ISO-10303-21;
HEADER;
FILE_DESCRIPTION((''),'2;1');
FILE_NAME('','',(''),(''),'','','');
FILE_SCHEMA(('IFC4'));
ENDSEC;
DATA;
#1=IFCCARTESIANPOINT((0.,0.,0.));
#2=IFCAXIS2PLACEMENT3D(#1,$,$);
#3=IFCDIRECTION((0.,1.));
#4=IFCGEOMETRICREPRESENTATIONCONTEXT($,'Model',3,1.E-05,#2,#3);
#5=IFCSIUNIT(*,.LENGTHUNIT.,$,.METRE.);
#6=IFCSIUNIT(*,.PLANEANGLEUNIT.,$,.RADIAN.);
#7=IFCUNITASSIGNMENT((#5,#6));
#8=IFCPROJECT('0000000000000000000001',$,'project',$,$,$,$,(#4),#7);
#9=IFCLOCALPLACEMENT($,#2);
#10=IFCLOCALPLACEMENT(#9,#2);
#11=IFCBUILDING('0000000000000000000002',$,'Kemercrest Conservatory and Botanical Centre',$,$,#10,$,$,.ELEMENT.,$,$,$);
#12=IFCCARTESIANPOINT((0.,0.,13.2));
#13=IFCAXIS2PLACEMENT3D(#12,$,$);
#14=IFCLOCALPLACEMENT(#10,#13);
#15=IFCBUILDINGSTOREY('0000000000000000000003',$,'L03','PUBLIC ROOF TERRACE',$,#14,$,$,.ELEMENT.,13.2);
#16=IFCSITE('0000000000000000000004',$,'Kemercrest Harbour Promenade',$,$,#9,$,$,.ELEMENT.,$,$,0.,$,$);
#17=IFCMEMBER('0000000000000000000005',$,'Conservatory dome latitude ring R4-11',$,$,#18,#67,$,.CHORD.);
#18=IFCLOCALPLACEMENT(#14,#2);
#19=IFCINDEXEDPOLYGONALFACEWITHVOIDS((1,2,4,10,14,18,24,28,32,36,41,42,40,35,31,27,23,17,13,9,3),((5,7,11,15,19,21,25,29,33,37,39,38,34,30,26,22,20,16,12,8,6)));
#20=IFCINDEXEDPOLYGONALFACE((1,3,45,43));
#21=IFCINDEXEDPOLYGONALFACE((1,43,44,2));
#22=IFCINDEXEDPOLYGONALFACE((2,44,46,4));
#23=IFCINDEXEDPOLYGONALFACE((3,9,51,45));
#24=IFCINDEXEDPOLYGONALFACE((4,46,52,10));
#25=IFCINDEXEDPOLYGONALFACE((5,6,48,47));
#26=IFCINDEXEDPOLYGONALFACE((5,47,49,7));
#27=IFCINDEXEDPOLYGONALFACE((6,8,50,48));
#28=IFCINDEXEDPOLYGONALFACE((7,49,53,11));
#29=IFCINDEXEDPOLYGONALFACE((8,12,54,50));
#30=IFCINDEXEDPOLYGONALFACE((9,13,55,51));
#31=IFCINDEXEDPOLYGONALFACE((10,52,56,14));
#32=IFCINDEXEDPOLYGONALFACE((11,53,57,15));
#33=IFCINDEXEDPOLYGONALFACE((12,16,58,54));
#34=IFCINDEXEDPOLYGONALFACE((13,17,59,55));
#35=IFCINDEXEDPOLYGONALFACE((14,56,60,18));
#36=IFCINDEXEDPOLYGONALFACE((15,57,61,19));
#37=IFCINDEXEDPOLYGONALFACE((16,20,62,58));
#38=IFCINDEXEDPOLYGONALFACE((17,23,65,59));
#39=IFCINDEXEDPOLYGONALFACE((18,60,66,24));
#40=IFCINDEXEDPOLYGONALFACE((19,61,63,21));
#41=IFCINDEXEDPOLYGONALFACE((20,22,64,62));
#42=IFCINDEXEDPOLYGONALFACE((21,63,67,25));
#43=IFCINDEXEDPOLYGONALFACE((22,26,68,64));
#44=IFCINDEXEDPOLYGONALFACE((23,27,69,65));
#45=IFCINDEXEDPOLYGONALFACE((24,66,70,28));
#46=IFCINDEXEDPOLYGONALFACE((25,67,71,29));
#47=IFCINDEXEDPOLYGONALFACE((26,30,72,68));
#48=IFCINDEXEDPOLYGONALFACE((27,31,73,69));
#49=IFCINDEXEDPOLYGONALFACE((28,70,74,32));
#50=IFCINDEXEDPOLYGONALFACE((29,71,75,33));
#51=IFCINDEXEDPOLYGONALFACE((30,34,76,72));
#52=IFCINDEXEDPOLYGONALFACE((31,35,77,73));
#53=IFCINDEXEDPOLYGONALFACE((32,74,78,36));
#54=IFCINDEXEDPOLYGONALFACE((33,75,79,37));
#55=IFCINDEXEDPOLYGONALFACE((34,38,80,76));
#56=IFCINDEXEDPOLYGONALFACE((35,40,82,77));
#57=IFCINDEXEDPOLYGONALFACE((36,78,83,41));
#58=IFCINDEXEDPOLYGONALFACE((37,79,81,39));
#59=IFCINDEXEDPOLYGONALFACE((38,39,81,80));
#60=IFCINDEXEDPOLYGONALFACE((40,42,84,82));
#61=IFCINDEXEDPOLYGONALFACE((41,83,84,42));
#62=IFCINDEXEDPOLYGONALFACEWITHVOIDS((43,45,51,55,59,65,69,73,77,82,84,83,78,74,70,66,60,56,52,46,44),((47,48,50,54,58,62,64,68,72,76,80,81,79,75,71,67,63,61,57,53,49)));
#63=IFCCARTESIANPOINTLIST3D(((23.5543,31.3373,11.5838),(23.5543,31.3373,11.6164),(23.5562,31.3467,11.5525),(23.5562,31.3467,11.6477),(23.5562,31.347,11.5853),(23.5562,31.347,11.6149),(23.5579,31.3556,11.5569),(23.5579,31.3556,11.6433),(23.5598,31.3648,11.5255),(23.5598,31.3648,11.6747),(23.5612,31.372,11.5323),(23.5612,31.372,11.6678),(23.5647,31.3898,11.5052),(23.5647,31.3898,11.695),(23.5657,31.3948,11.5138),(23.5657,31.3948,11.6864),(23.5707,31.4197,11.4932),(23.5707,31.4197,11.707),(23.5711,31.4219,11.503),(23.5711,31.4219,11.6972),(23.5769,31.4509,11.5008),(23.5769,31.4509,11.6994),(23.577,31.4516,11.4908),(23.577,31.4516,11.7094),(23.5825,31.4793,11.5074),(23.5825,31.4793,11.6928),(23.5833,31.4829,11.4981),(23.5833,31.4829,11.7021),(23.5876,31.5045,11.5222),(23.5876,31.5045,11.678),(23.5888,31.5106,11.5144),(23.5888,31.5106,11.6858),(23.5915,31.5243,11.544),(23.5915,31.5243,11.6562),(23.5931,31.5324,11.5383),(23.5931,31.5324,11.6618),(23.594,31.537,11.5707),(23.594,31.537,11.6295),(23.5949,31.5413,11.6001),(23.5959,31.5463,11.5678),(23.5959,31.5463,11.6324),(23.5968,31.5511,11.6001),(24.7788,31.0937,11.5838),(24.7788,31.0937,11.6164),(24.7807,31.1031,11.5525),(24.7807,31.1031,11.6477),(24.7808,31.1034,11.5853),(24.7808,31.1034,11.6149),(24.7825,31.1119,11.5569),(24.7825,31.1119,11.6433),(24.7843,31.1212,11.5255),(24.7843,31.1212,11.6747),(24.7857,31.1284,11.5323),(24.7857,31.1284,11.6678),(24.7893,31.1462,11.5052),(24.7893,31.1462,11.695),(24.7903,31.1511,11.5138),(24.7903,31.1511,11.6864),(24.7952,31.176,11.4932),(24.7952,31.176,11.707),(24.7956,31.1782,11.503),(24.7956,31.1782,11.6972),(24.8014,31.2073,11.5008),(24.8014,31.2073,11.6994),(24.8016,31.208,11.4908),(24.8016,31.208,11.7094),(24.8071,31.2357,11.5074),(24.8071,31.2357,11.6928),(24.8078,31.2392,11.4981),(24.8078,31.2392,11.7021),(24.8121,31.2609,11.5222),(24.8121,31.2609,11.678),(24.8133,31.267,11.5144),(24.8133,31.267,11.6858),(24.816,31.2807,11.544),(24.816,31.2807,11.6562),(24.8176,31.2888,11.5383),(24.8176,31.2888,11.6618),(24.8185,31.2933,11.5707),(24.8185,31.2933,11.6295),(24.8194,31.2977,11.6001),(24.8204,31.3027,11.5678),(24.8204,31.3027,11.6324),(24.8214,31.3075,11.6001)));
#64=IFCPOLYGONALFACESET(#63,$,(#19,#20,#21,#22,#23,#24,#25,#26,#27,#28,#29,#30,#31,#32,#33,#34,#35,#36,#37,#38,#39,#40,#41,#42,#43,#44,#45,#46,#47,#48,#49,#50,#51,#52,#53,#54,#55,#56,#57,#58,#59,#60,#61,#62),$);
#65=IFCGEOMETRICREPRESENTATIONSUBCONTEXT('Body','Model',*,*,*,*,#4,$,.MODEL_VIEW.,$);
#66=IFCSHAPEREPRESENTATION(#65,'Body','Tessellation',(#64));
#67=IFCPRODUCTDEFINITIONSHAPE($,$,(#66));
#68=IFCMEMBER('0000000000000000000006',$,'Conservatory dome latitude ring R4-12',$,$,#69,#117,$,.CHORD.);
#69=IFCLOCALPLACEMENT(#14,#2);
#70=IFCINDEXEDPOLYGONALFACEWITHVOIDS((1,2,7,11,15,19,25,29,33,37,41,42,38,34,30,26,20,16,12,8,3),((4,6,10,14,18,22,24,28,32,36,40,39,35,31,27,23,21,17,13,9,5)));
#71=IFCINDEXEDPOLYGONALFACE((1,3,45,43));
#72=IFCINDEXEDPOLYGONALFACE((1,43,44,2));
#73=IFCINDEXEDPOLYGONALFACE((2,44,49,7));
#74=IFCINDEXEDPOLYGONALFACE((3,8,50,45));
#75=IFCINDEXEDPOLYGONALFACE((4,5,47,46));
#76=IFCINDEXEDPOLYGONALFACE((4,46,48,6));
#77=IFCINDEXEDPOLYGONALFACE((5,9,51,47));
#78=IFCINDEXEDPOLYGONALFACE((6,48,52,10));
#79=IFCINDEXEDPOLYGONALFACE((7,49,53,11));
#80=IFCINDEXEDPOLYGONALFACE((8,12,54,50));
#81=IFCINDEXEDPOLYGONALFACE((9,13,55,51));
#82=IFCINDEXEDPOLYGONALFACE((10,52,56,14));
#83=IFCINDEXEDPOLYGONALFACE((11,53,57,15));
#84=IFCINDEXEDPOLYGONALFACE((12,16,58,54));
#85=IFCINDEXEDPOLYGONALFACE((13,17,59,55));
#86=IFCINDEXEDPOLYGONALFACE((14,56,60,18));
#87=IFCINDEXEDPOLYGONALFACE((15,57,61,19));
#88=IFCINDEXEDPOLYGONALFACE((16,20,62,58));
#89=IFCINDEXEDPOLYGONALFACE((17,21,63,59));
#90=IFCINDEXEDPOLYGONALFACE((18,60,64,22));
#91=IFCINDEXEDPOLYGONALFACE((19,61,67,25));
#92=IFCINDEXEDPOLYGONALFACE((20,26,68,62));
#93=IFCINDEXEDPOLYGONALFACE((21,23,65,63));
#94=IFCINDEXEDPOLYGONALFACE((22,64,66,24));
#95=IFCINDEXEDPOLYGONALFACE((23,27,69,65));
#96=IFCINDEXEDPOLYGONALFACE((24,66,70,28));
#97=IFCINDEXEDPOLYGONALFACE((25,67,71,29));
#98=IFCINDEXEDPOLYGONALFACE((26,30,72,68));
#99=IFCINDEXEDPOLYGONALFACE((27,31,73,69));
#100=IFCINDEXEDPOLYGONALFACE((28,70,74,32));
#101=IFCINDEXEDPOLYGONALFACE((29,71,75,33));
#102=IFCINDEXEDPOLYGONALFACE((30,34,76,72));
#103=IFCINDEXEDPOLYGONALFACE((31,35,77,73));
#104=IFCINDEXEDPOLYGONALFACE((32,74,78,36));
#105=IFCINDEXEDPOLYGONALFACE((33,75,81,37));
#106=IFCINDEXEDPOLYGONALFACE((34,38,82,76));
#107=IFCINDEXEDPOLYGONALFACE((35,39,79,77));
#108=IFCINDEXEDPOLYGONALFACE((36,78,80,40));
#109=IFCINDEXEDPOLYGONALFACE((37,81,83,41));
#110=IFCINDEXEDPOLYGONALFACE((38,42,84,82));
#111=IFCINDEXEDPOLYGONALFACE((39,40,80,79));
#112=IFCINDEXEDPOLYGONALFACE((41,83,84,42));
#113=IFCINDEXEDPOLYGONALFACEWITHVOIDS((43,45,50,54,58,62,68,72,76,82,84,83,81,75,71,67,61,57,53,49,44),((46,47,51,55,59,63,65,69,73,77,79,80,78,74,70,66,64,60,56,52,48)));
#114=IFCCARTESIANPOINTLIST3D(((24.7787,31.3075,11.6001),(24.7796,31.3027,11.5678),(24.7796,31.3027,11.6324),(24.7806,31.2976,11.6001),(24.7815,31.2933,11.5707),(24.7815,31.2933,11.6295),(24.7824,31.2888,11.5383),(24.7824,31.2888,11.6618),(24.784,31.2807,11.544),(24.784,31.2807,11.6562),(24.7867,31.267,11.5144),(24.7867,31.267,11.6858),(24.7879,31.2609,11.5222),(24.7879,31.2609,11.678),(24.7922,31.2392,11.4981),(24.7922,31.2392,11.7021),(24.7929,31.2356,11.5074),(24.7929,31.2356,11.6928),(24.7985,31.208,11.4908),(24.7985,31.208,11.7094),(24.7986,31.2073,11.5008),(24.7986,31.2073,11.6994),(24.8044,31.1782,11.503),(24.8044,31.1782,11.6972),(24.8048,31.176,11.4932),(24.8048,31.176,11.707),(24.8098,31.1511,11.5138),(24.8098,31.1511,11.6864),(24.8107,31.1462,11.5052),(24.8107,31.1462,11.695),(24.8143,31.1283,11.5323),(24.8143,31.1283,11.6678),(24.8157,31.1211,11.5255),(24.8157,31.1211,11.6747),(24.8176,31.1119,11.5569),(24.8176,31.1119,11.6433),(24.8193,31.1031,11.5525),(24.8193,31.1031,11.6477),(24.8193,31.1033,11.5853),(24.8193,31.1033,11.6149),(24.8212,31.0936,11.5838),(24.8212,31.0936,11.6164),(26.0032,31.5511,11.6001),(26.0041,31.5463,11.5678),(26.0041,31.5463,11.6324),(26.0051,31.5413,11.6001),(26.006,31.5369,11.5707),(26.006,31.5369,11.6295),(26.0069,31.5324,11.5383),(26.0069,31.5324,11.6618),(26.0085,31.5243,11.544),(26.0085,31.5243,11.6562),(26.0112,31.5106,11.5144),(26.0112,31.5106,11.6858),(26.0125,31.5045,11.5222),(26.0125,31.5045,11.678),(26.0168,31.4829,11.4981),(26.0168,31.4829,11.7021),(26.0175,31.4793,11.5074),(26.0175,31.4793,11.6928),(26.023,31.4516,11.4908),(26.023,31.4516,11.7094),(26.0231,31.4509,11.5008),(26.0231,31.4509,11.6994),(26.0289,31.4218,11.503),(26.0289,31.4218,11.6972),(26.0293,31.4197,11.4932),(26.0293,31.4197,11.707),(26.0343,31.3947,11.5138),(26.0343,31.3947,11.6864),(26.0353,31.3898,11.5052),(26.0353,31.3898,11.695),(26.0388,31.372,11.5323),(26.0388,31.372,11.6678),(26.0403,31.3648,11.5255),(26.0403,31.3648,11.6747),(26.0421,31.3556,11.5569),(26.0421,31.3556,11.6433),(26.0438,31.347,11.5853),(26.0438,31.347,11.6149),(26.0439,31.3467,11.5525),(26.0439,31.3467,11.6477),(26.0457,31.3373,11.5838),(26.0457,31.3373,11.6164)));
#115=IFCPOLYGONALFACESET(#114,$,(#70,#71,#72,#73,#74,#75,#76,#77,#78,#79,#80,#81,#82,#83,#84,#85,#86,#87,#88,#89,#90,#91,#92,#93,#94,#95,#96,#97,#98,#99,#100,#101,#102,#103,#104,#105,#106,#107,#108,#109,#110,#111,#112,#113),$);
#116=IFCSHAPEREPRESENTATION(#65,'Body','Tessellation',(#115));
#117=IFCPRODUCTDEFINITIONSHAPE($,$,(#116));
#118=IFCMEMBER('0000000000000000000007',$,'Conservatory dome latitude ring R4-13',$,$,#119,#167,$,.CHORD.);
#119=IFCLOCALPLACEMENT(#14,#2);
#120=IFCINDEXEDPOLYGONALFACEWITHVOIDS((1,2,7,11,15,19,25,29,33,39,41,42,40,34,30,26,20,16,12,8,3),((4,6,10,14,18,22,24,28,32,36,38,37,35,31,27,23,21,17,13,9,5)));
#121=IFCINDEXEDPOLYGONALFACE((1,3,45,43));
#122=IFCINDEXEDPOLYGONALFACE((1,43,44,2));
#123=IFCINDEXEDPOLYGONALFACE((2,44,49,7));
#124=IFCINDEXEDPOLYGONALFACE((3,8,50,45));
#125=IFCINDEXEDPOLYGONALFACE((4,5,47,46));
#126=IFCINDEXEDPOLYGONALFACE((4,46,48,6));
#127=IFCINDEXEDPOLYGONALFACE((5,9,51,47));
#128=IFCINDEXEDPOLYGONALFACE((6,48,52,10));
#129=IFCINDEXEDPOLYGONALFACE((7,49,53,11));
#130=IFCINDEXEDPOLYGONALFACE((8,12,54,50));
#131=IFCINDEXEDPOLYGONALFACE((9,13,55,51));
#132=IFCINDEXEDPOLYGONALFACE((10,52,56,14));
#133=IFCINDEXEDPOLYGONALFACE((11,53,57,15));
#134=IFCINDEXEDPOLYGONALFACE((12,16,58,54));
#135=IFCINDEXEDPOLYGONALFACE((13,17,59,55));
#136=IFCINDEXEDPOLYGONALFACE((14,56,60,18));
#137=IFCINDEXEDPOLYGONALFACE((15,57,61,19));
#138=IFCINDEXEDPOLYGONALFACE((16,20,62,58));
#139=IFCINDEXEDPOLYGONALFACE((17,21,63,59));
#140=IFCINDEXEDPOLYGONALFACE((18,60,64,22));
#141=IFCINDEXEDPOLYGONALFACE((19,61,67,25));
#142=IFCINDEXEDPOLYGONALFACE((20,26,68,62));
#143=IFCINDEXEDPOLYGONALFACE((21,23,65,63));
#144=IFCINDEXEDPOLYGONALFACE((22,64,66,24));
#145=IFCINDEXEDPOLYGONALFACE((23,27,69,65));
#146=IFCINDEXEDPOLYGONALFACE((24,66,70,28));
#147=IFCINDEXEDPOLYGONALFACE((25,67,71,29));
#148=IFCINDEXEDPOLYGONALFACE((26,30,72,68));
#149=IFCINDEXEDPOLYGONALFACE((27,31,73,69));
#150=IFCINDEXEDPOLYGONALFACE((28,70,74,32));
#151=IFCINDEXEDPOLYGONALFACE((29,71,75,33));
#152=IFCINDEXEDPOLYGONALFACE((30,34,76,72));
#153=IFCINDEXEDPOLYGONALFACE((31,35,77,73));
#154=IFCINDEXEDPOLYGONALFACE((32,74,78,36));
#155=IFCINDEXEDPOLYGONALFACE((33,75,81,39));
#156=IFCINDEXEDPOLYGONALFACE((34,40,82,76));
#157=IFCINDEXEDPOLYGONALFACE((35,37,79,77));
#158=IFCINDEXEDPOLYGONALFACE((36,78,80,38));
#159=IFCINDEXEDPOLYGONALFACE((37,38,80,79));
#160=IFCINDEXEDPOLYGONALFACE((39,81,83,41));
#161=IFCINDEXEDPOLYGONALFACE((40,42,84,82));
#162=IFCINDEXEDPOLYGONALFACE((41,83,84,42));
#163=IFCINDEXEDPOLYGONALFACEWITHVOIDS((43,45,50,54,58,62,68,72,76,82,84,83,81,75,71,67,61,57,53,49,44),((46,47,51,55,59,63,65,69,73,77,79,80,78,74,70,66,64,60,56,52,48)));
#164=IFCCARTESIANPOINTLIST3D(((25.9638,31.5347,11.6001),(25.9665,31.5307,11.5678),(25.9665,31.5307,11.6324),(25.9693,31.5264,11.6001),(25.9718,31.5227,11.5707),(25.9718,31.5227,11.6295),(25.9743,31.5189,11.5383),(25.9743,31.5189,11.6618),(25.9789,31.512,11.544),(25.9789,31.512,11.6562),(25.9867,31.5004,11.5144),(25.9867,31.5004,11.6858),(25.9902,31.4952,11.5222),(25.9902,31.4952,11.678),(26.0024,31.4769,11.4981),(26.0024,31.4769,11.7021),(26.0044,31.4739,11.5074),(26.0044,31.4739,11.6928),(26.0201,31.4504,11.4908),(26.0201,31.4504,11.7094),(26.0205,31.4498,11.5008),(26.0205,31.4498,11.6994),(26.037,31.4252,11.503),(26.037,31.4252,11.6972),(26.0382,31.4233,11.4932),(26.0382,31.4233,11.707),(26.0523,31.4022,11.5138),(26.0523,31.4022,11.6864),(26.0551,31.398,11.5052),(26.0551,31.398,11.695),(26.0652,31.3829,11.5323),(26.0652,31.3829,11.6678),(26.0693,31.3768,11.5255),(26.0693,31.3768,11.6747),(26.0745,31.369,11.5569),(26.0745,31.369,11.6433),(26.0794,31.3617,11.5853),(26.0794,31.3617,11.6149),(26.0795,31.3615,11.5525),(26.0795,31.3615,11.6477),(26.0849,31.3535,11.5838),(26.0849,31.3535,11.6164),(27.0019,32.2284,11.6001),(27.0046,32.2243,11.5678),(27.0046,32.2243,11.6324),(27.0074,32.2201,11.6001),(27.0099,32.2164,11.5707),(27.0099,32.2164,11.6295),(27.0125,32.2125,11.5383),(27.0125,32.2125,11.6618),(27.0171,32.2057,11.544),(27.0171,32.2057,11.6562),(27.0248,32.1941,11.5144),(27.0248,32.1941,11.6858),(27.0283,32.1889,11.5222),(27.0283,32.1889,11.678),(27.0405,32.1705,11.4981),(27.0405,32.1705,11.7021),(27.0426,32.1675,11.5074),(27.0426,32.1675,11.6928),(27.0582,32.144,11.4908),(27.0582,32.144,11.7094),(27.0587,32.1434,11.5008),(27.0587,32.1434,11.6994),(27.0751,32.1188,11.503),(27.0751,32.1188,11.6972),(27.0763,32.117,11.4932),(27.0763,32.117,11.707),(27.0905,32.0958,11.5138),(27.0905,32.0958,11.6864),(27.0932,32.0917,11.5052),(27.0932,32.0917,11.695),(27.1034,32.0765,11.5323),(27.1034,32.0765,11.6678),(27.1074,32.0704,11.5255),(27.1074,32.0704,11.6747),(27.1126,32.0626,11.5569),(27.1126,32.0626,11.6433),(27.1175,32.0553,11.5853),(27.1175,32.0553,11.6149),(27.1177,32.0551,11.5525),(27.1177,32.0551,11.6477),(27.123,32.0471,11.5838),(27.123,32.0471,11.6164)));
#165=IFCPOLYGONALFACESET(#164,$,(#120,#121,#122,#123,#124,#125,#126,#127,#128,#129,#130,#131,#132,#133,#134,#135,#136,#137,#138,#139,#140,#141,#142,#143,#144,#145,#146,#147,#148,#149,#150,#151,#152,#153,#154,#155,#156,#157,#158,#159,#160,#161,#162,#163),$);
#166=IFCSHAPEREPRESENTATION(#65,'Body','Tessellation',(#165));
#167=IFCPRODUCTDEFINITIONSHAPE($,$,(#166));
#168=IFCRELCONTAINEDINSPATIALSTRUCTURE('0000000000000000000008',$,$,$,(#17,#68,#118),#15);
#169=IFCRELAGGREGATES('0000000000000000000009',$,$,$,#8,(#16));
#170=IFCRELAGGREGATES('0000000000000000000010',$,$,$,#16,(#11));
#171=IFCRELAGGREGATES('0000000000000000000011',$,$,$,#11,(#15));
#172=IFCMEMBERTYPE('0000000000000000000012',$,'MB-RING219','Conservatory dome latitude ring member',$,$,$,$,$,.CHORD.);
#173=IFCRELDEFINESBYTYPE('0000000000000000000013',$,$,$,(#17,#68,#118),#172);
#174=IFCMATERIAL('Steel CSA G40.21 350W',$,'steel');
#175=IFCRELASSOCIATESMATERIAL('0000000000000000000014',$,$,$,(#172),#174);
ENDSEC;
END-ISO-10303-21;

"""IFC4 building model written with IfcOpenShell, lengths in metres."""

from ifc_helpers import new_model, si_unit, direction, frame, origin, origin_2d, place, context, subcontext, project, spatial, hollow_circle, extrude, material, material_profile, profile_set, type_object, element, save


model = new_model("IFC4")

# Units and contexts
model_context = context("Model", 3, precision=1e-05, world=origin(), true_north=direction((0.0, 1.0)))
body_context = subcontext(model_context, "Body", "Model", "MODEL_VIEW")
ifc_project = project(units=[si_unit("LENGTHUNIT", "METRE"), si_unit("PLANEANGLEUNIT", "RADIAN")], contexts=[model_context])

# Site, building, storey
site_placement = place(None, origin())
site = spatial("IfcSite", under=ifc_project, at=site_placement, Name="Kemercrest Harbour Promenade", CompositionType="ELEMENT", RefElevation=0.0)
building_placement = place(site_placement, origin())
building = spatial("IfcBuilding", under=site, at=building_placement, Name="Kemercrest Conservatory and Botanical Centre", CompositionType="ELEMENT")
storey_placement = place(building_placement, frame((0.0, 0.0, 13.2)))
storey = spatial("IfcBuildingStorey", under=building, at=storey_placement, Name="L03", Description="PUBLIC ROOF TERRACE", CompositionType="ELEMENT", Elevation=13.2)

# Shared definitions
ifc_material_1 = material(Name="Steel CSA G40.21 350W", Category="steel")

# Members
ifc_material_profile_1 = material_profile(ifc_material_1, hollow_circle(Radius=0.1096, WallThickness=0.01, at=origin_2d()), Name="CHS 219.1x10.0")
ifc_profile_set_1 = profile_set([ifc_material_profile_1], Name="Steel CSA G40.21 350W")
member_type_1 = type_object("IfcMemberType", Name="MB-RING219", Description="Conservatory dome latitude ring member", PredefinedType="CHORD", material=ifc_profile_set_1)
for number, where, z_axis, x_axis, name in (
    (1, (23.5754, 31.4436, 11.6001), (0.980776, -0.195138, 0.0), (0.195138, 0.980776, 0.0), "Conservatory dome latitude ring R4-11"),
    (2, (24.8, 31.2, 11.6001), (0.980776, 0.195138, 0.0), (-0.195138, 0.980776, 0.0), "Conservatory dome latitude ring R4-12"),
    (3, (26.0247, 31.4436, 11.6001), (0.831478, 0.555557, 0.0), (-0.555557, 0.831478, 0.0), "Conservatory dome latitude ring R4-13"),
):
    element("IfcMember", number, at=place(storey_placement, frame(where, z_axis=z_axis, x_axis=x_axis)), inside=storey, type_object=member_type_1, Name=name, PredefinedType="CHORD", context=body_context, shape_type="SweptSolid", body=[
        extrude(hollow_circle(Radius=0.1096, WallThickness=0.01, at=origin_2d()), origin(), (0.0, 0.0, 1.0), 1.2485),
    ])

save(model, "model.ifc")
